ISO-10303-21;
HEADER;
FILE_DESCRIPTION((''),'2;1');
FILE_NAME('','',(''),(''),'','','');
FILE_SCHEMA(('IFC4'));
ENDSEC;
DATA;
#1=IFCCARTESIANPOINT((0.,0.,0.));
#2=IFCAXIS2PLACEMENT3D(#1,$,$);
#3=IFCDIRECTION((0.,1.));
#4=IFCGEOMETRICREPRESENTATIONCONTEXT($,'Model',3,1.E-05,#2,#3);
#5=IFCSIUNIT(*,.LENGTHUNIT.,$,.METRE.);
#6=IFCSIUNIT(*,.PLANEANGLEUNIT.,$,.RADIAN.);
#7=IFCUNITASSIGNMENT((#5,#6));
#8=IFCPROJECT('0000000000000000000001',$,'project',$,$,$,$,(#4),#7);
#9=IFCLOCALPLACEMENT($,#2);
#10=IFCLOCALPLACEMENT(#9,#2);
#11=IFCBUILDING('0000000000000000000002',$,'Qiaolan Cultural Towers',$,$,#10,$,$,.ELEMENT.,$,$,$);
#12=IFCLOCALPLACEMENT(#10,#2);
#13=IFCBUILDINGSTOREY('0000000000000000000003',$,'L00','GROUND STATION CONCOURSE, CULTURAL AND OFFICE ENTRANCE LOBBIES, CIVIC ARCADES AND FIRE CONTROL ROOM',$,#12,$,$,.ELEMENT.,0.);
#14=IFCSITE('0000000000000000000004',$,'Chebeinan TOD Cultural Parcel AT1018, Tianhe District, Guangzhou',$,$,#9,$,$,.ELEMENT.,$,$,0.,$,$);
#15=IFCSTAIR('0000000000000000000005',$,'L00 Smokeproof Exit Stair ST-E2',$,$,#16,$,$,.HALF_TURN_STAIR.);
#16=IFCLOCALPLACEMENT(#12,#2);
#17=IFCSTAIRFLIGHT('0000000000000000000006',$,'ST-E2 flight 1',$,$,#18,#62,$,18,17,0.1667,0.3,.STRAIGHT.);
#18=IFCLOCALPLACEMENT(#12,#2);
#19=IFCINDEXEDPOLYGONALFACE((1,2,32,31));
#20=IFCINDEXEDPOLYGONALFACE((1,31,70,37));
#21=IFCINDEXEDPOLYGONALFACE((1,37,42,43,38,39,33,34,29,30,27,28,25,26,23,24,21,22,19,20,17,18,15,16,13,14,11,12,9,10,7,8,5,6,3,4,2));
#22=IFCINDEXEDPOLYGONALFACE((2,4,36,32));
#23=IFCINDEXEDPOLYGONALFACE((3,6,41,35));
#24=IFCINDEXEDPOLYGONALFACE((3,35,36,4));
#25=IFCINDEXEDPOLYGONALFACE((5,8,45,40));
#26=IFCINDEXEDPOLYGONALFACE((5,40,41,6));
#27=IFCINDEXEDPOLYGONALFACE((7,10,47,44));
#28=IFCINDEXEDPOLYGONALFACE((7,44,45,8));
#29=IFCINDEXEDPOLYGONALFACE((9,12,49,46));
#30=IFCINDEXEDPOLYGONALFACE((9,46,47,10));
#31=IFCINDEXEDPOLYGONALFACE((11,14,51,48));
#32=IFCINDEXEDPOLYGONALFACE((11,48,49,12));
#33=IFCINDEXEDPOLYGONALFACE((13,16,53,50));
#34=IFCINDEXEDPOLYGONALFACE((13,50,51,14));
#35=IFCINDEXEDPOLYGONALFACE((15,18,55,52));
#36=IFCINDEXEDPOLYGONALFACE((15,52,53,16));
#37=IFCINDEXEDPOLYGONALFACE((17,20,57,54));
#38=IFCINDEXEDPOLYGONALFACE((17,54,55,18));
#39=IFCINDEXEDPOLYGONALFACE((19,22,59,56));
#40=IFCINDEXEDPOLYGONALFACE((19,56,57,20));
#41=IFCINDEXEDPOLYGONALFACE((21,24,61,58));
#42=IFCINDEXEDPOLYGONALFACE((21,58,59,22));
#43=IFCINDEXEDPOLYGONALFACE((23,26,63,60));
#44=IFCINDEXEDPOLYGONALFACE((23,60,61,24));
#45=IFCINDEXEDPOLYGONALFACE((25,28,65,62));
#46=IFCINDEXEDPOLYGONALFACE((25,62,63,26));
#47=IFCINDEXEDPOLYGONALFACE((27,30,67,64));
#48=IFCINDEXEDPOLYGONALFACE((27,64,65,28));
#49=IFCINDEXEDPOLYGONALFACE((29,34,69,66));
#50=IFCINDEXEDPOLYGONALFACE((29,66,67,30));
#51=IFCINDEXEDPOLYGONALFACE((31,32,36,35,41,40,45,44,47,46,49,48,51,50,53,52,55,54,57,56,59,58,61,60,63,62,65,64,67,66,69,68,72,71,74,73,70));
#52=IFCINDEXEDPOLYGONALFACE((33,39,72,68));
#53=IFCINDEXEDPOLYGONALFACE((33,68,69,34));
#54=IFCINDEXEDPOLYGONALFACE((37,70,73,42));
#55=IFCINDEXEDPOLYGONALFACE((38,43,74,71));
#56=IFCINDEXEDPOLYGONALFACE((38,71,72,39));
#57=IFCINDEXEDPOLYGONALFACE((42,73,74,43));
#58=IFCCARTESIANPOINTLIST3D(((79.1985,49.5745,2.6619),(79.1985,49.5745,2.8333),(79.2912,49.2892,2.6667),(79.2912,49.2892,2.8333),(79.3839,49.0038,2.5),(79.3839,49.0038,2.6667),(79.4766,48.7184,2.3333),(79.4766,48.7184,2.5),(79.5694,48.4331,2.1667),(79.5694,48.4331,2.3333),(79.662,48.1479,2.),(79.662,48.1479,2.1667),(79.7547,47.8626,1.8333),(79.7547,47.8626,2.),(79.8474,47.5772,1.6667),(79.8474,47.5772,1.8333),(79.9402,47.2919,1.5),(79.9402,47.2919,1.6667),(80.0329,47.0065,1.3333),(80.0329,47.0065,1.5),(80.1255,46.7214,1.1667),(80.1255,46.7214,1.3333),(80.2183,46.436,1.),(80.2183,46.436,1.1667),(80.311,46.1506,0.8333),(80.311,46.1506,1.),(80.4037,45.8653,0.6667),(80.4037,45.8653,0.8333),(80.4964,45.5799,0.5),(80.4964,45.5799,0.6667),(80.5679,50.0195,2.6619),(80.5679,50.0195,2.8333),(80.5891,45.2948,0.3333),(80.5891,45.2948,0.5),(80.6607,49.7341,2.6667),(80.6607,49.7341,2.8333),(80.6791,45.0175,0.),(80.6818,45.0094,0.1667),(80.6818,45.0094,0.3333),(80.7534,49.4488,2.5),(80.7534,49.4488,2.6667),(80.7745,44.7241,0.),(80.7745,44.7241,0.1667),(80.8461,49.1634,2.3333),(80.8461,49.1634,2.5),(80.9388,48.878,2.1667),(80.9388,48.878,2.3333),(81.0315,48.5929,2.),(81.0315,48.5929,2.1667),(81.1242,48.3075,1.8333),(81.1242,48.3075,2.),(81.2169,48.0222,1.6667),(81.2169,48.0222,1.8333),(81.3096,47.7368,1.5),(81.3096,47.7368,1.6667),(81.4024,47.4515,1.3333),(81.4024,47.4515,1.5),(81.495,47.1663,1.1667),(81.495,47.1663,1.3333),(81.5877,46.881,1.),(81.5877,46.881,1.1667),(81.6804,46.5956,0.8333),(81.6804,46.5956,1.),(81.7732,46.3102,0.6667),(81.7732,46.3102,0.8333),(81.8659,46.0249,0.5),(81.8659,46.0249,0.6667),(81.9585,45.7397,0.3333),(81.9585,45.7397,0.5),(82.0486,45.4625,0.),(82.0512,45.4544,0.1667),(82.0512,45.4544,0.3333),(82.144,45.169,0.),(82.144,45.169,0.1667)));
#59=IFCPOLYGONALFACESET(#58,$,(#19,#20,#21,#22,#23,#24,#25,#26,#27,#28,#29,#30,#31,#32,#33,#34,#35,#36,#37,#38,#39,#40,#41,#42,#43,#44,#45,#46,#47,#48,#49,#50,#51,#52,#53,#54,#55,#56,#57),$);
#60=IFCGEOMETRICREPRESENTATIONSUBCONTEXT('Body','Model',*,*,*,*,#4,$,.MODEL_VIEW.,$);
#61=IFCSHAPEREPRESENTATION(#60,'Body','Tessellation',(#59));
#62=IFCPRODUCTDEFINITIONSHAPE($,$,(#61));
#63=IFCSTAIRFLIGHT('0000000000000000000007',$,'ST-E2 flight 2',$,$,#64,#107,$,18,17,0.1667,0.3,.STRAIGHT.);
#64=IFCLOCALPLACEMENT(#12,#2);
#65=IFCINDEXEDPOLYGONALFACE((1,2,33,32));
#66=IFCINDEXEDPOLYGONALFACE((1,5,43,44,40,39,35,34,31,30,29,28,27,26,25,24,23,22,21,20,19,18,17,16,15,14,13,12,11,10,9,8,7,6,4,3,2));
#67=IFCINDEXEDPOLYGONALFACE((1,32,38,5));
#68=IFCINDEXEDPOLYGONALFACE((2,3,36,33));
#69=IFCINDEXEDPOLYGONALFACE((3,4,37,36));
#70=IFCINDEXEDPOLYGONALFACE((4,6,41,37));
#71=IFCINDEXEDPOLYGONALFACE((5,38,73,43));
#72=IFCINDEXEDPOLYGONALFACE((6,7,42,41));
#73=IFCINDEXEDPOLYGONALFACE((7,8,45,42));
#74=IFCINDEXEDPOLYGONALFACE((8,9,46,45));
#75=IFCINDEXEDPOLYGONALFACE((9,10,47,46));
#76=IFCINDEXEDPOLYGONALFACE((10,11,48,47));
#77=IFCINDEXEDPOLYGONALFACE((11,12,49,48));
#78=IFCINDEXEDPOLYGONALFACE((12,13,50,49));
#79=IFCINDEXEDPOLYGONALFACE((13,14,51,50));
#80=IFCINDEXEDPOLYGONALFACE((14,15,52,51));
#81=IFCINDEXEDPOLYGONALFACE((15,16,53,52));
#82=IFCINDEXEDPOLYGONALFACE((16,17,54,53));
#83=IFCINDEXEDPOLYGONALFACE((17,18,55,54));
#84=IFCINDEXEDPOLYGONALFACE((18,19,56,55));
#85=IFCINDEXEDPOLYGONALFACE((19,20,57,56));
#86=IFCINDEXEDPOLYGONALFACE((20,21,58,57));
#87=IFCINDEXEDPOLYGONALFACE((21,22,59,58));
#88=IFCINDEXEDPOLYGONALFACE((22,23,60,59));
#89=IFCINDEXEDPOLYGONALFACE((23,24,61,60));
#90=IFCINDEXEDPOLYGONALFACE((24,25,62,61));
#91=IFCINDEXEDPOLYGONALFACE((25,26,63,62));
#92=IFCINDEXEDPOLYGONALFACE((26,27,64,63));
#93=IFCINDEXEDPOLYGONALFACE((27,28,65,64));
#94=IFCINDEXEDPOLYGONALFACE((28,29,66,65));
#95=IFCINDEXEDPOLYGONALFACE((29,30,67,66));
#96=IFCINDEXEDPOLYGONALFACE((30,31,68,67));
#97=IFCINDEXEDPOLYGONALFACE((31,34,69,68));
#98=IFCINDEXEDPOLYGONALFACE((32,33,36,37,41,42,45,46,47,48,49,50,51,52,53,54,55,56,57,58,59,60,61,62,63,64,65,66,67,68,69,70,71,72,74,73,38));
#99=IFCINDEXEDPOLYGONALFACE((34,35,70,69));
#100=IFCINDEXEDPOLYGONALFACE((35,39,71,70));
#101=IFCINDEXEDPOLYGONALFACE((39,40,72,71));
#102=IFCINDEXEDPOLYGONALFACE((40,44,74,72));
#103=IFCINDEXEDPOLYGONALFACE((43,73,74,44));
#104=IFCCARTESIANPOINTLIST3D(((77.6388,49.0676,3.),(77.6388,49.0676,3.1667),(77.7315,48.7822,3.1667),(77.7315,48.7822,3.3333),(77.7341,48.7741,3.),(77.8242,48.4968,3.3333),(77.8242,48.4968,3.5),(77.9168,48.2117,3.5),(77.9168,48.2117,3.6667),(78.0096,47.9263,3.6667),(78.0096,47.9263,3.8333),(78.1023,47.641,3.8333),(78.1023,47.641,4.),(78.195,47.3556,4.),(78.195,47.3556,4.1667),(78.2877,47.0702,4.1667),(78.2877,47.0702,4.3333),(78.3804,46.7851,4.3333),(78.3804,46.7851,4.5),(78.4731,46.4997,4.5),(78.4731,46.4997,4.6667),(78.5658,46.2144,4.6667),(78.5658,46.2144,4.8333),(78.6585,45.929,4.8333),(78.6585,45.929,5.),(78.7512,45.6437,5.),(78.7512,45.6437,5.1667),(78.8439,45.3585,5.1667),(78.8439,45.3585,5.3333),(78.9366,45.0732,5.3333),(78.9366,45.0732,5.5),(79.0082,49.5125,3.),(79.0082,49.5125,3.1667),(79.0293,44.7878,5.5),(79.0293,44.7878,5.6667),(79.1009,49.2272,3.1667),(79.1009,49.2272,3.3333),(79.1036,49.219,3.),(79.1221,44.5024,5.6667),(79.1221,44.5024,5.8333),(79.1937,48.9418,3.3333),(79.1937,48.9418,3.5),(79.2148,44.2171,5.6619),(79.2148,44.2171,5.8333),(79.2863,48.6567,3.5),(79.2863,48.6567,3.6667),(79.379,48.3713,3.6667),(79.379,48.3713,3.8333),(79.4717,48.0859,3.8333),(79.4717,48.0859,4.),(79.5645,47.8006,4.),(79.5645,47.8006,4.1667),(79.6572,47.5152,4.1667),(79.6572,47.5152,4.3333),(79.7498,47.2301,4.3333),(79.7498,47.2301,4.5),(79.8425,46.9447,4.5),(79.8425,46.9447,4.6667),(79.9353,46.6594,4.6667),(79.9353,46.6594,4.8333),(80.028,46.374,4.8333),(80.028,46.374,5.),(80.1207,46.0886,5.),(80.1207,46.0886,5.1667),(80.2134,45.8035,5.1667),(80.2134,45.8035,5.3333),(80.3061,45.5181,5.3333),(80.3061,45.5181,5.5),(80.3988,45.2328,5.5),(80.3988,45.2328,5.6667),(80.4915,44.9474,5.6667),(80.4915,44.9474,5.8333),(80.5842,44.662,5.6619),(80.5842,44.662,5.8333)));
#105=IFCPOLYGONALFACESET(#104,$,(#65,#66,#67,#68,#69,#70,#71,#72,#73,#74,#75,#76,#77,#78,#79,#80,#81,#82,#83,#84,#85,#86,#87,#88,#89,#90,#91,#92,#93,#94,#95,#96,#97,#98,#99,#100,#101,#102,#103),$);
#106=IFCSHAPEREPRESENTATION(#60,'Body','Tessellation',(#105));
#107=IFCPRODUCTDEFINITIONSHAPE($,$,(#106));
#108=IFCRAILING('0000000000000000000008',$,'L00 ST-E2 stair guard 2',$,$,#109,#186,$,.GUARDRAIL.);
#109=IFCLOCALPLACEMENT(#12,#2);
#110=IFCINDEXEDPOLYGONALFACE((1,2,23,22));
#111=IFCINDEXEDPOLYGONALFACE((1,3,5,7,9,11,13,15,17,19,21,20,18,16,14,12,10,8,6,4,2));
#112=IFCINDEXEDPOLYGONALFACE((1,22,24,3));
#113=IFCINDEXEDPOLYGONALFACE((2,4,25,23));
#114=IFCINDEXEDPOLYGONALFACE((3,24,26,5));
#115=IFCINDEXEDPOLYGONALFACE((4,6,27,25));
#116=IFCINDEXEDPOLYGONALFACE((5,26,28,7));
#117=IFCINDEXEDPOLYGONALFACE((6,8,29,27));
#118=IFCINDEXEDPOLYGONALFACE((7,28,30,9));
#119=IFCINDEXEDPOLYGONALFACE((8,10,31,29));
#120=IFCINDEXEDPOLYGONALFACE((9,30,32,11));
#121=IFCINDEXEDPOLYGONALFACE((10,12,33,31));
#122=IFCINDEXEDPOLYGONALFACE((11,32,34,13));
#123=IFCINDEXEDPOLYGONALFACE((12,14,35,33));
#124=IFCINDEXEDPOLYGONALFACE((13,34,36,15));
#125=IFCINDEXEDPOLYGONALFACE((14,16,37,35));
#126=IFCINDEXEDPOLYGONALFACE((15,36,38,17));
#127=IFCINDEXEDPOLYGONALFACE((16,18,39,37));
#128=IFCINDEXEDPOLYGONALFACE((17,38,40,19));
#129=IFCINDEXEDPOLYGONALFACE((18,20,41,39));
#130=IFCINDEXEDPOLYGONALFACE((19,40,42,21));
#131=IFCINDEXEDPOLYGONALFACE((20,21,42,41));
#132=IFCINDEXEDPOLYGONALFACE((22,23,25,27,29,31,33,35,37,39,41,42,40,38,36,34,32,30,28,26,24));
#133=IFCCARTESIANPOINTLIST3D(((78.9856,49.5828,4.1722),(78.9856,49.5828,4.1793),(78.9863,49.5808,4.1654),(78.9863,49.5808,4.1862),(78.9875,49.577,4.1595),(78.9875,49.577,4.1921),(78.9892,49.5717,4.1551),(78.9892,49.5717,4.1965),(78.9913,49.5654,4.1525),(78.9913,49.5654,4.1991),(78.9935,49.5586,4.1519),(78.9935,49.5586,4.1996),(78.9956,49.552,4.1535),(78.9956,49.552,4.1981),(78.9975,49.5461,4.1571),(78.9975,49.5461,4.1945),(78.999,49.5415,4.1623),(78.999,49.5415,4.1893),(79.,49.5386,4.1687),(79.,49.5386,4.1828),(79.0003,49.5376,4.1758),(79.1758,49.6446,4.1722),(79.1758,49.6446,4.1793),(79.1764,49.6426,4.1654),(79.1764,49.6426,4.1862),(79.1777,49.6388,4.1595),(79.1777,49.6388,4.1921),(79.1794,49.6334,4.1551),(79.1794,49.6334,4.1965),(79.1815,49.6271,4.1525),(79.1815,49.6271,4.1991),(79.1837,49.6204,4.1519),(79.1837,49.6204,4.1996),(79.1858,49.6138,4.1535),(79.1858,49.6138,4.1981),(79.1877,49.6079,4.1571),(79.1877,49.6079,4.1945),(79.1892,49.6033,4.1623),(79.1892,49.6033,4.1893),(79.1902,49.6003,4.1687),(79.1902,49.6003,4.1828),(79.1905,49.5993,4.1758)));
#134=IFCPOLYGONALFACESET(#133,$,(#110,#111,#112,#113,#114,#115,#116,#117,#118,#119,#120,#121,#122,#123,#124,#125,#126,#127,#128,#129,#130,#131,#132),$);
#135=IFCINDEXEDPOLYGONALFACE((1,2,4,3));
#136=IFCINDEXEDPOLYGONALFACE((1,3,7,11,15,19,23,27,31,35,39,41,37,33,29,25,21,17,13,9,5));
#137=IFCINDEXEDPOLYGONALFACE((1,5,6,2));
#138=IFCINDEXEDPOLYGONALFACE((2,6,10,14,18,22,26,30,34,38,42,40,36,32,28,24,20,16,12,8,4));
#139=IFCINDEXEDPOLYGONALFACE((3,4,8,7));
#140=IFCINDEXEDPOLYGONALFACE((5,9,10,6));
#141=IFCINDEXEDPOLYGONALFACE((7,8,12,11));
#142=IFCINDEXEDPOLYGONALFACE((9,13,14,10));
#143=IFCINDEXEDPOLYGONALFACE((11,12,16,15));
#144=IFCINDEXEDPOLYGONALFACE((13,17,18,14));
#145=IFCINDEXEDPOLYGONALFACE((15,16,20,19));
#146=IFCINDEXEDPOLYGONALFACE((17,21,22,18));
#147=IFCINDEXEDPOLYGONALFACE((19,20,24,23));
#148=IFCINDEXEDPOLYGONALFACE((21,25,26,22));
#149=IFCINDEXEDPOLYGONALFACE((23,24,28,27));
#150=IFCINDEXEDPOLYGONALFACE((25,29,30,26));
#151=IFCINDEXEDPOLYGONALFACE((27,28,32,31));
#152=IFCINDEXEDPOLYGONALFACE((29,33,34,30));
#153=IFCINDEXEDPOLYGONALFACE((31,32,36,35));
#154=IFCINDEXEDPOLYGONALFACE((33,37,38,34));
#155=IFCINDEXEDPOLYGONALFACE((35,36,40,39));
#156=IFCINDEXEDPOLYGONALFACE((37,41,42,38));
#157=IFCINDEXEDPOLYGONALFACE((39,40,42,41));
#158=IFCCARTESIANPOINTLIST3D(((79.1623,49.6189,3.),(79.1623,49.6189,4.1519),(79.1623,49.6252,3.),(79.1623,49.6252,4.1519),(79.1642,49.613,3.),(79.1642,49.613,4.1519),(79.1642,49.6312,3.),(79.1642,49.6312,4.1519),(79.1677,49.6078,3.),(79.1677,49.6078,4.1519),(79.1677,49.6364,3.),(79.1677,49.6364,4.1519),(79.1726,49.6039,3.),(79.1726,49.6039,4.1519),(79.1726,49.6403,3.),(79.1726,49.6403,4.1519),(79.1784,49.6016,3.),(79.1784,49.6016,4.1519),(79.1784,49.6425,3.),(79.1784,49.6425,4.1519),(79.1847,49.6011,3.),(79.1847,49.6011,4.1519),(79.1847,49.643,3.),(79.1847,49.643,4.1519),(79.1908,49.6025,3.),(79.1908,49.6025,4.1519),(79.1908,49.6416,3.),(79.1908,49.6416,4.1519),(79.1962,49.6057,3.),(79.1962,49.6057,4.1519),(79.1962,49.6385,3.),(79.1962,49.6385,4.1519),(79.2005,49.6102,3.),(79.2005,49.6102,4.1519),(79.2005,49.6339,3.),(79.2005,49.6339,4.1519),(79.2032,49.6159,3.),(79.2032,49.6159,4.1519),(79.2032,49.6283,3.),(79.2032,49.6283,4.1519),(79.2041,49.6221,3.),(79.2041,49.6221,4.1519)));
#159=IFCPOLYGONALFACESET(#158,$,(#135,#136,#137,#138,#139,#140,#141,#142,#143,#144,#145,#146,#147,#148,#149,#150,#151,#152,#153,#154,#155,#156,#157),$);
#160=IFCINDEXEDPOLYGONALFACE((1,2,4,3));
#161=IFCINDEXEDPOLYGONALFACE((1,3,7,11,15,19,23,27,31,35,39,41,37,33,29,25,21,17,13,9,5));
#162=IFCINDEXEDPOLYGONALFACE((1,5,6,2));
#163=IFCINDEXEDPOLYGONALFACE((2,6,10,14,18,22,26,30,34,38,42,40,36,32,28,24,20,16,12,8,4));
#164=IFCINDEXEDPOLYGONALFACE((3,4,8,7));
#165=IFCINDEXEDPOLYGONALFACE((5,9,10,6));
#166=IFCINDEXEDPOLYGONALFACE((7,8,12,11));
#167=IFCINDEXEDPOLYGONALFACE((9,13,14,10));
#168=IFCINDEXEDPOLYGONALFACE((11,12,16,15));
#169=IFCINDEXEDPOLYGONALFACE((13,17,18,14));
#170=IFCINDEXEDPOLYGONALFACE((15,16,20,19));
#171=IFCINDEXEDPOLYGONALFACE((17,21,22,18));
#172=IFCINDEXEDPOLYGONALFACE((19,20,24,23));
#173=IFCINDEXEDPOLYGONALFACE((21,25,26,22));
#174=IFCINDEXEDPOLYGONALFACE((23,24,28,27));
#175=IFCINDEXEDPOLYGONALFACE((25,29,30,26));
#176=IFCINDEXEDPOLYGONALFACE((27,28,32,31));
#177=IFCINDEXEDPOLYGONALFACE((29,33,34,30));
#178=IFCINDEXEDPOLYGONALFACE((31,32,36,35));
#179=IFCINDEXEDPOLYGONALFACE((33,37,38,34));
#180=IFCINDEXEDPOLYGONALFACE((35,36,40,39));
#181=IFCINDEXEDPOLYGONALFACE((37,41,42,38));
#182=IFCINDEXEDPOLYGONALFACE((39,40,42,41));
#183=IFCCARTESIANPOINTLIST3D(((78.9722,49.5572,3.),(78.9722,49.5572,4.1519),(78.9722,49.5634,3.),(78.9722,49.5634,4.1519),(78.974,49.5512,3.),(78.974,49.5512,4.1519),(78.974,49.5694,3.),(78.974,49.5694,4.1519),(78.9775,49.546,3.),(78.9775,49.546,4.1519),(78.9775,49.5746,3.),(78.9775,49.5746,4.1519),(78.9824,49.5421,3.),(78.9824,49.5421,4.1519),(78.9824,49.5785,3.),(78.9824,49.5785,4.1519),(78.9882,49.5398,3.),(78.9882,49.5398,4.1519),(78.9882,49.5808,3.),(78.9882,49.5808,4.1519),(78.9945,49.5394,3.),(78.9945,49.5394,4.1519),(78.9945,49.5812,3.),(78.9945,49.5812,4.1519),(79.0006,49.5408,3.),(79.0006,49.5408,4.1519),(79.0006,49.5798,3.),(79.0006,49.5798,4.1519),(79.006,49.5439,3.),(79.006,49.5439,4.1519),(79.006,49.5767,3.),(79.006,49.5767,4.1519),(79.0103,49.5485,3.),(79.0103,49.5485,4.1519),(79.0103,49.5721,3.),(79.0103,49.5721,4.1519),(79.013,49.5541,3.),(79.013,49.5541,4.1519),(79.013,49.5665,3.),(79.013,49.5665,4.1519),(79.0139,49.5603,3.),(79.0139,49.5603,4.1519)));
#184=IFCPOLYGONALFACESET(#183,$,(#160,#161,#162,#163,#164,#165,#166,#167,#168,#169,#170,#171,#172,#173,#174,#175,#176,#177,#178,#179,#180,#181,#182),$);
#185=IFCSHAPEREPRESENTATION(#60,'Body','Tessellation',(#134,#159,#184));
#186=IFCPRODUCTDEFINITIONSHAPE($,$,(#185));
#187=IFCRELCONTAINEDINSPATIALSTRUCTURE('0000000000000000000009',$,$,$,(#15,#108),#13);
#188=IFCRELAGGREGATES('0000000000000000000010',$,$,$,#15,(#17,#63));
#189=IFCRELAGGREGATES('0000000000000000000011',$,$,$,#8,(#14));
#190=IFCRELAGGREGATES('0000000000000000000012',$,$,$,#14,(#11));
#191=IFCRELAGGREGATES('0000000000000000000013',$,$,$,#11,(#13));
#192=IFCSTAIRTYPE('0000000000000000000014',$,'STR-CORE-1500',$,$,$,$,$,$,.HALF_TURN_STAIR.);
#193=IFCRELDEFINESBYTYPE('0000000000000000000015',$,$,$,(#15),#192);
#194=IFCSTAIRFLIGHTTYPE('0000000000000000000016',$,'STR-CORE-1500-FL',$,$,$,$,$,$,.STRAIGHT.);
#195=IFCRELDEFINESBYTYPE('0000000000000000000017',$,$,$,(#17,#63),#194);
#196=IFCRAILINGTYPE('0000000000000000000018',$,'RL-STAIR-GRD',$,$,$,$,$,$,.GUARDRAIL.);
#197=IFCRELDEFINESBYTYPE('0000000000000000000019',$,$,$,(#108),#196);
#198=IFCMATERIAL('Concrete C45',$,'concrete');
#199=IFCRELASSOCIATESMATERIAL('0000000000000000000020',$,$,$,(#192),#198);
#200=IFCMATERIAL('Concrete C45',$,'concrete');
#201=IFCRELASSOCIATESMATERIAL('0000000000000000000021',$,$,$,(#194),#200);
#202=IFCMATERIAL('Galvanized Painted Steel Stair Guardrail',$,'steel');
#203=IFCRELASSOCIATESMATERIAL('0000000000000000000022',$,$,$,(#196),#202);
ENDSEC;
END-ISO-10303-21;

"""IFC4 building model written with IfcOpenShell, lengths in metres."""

from ifc_helpers import new_model, si_unit, direction, frame, origin, origin_2d, place, context, subcontext, project, spatial, polyline, circle, outline, extrude, material, type_object, element, aggregate, save


model = new_model("IFC4")

# Units and contexts
model_context = context("Model", 3, precision=1e-05, world=origin(), true_north=direction((0.0, 1.0)))
body_context = subcontext(model_context, "Body", "Model", "MODEL_VIEW")
ifc_project = project(units=[si_unit("LENGTHUNIT", "METRE"), si_unit("PLANEANGLEUNIT", "RADIAN")], contexts=[model_context])

# Site, building, storey
site_placement = place(None, origin())
site = spatial("IfcSite", under=ifc_project, at=site_placement, Name="Chebeinan TOD Cultural Parcel AT1018, Tianhe District, Guangzhou", CompositionType="ELEMENT", RefElevation=0.0)
building_placement = place(site_placement, origin())
building = spatial("IfcBuilding", under=site, at=building_placement, Name="Qiaolan Cultural Towers", CompositionType="ELEMENT")
storey_placement = place(building_placement, origin())
storey = spatial("IfcBuildingStorey", under=building, at=storey_placement, Name="L00", Description="GROUND STATION CONCOURSE, CULTURAL AND OFFICE ENTRANCE LOBBIES, CIVIC ARCADES AND FIRE CONTROL ROOM", CompositionType="ELEMENT", Elevation=0.0)

# Stair, stair flights
ifc_material_1 = material(Name="Concrete C45", Category="concrete")
stair_type = type_object("IfcStairType", Name="STR-CORE-1500", PredefinedType="HALF_TURN_STAIR", material=ifc_material_1)
stair_placement = place(storey_placement, origin())
stair = element("IfcStair", 1, at=stair_placement, inside=storey, type_object=stair_type, Name="L00 Smokeproof Exit Stair ST-E2", PredefinedType="HALF_TURN_STAIR")
ifc_material_2 = material(Name="Concrete C45", Category="concrete")
stair_flight_type = type_object("IfcStairFlightType", Name="STR-CORE-1500-FL", PredefinedType="STRAIGHT", material=ifc_material_2)
stair_flight_1_placement = place(storey_placement, frame((81.4592, 44.9465, 0.0), z_axis=(0.0, 0.0, 1.0), x_axis=(-0.309017, 0.951057, 0.0)))
stair_flight_1 = element("IfcStairFlight", 2, at=stair_flight_1_placement, type_object=stair_flight_type, Name="ST-E2 flight 1", NumberOfRisers=18, NumberOfTreads=17, PredefinedType="STRAIGHT", RiserHeight=0.1667, TreadLength=0.3, context=body_context, shape_type="SweptSolid", body=[
    extrude(outline(polyline([(0.0, 0.0), (0.0, 0.1667), (0.3, 0.1667), (0.3, 0.3333), (0.6001, 0.3333), (0.6001, 0.5), (0.8999, 0.5), (0.8999, 0.6667), (1.2, 0.6667), (1.2, 0.8333), (1.5, 0.8333), (1.5, 1.0), (1.8, 1.0), (1.8, 1.1667), (2.1001, 1.1667), (2.1001, 1.3333), (2.3999, 1.3333), (2.3999, 1.5), (2.7, 1.5), (2.7, 1.6667), (3.0, 1.6667), (3.0, 1.8333), (3.3, 1.8333), (3.3, 2.0), (3.6001, 2.0), (3.6001, 2.1667), (3.8999, 2.1667), (3.8999, 2.3333), (4.2, 2.3333), (4.2, 2.5), (4.5, 2.5), (4.5, 2.6667), (4.8, 2.6667), (4.8, 2.8333), (5.1001, 2.8333), (5.1001, 3.0), (5.1001, 2.6619), (0.3086, 0.0), (0.0, 0.0)])), frame((0.0, 0.72, 0.0), z_axis=(0.0, -1.0, 0.0), x_axis=(1.0, 0.0, 0.0)), (0.0, 0.0, 1.0), 1.4399),
])
stair_flight_2_placement = place(storey_placement, frame((78.3235, 49.29, 3.0), z_axis=(0.0, 0.0, 1.0), x_axis=(0.309017, -0.951057, 0.0)))
stair_flight_2 = element("IfcStairFlight", 3, at=stair_flight_2_placement, type_object=stair_flight_type, Name="ST-E2 flight 2", NumberOfRisers=18, NumberOfTreads=17, PredefinedType="STRAIGHT", RiserHeight=0.1667, TreadLength=0.3, context=body_context, shape_type="SweptSolid", body=[
    extrude(outline(polyline([(0.0, 0.0), (0.0, 0.1667), (0.3, 0.1667), (0.3, 0.3333), (0.6001, 0.3333), (0.6001, 0.5), (0.8999, 0.5), (0.8999, 0.6667), (1.2, 0.6667), (1.2, 0.8333), (1.5, 0.8333), (1.5, 1.0), (1.8, 1.0), (1.8, 1.1667), (2.1001, 1.1667), (2.1001, 1.3333), (2.3999, 1.3333), (2.3999, 1.5), (2.7, 1.5), (2.7, 1.6667), (3.0, 1.6667), (3.0, 1.8333), (3.3, 1.8333), (3.3, 2.0), (3.6001, 2.0), (3.6001, 2.1667), (3.8999, 2.1667), (3.8999, 2.3333), (4.2, 2.3333), (4.2, 2.5), (4.5, 2.5), (4.5, 2.6667), (4.8, 2.6667), (4.8, 2.8333), (5.1001, 2.8333), (5.1001, 3.0), (5.1001, 2.6619), (0.3086, 0.0), (0.0, 0.0)])), frame((0.0, 0.72, 0.0), z_axis=(0.0, -1.0, 0.0), x_axis=(1.0, 0.0, 0.0)), (0.0, 0.0, 1.0), 1.4399),
])
aggregate(stair, [stair_flight_1, stair_flight_2])

# Railing
ifc_material_3 = material(Name="Galvanized Painted Steel Stair Guardrail", Category="steel")
railing_type_1 = type_object("IfcRailingType", Name="RL-STAIR-GRD", PredefinedType="GUARDRAIL", material=ifc_material_3)
railing_1_placement = place(storey_placement, frame((79.1831, 49.6221, 3.0)))
element("IfcRailing", 4, at=railing_1_placement, inside=storey, type_object=railing_type_1, Name="L00 ST-E2 stair guard 2", PredefinedType="GUARDRAIL", context=body_context, shape_type="SweptSolid", body=[
    extrude(circle(Radius=0.0239, at=origin_2d()), frame((0.0, 0.0, 1.1758), z_axis=(-0.951097, -0.308893, 0.0), x_axis=(0.308893, -0.951097, 0.0)), (0.0, 0.0, 1.0), 0.2),
    extrude(circle(Radius=0.021, at=origin_2d()), origin(), (0.0, 0.0, 1.0), 1.1519),
    extrude(circle(Radius=0.021, at=origin_2d()), frame((-0.1902, -0.0618, 0.0)), (0.0, 0.0, 1.0), 1.1519),
])

save(model, "model.ifc")
